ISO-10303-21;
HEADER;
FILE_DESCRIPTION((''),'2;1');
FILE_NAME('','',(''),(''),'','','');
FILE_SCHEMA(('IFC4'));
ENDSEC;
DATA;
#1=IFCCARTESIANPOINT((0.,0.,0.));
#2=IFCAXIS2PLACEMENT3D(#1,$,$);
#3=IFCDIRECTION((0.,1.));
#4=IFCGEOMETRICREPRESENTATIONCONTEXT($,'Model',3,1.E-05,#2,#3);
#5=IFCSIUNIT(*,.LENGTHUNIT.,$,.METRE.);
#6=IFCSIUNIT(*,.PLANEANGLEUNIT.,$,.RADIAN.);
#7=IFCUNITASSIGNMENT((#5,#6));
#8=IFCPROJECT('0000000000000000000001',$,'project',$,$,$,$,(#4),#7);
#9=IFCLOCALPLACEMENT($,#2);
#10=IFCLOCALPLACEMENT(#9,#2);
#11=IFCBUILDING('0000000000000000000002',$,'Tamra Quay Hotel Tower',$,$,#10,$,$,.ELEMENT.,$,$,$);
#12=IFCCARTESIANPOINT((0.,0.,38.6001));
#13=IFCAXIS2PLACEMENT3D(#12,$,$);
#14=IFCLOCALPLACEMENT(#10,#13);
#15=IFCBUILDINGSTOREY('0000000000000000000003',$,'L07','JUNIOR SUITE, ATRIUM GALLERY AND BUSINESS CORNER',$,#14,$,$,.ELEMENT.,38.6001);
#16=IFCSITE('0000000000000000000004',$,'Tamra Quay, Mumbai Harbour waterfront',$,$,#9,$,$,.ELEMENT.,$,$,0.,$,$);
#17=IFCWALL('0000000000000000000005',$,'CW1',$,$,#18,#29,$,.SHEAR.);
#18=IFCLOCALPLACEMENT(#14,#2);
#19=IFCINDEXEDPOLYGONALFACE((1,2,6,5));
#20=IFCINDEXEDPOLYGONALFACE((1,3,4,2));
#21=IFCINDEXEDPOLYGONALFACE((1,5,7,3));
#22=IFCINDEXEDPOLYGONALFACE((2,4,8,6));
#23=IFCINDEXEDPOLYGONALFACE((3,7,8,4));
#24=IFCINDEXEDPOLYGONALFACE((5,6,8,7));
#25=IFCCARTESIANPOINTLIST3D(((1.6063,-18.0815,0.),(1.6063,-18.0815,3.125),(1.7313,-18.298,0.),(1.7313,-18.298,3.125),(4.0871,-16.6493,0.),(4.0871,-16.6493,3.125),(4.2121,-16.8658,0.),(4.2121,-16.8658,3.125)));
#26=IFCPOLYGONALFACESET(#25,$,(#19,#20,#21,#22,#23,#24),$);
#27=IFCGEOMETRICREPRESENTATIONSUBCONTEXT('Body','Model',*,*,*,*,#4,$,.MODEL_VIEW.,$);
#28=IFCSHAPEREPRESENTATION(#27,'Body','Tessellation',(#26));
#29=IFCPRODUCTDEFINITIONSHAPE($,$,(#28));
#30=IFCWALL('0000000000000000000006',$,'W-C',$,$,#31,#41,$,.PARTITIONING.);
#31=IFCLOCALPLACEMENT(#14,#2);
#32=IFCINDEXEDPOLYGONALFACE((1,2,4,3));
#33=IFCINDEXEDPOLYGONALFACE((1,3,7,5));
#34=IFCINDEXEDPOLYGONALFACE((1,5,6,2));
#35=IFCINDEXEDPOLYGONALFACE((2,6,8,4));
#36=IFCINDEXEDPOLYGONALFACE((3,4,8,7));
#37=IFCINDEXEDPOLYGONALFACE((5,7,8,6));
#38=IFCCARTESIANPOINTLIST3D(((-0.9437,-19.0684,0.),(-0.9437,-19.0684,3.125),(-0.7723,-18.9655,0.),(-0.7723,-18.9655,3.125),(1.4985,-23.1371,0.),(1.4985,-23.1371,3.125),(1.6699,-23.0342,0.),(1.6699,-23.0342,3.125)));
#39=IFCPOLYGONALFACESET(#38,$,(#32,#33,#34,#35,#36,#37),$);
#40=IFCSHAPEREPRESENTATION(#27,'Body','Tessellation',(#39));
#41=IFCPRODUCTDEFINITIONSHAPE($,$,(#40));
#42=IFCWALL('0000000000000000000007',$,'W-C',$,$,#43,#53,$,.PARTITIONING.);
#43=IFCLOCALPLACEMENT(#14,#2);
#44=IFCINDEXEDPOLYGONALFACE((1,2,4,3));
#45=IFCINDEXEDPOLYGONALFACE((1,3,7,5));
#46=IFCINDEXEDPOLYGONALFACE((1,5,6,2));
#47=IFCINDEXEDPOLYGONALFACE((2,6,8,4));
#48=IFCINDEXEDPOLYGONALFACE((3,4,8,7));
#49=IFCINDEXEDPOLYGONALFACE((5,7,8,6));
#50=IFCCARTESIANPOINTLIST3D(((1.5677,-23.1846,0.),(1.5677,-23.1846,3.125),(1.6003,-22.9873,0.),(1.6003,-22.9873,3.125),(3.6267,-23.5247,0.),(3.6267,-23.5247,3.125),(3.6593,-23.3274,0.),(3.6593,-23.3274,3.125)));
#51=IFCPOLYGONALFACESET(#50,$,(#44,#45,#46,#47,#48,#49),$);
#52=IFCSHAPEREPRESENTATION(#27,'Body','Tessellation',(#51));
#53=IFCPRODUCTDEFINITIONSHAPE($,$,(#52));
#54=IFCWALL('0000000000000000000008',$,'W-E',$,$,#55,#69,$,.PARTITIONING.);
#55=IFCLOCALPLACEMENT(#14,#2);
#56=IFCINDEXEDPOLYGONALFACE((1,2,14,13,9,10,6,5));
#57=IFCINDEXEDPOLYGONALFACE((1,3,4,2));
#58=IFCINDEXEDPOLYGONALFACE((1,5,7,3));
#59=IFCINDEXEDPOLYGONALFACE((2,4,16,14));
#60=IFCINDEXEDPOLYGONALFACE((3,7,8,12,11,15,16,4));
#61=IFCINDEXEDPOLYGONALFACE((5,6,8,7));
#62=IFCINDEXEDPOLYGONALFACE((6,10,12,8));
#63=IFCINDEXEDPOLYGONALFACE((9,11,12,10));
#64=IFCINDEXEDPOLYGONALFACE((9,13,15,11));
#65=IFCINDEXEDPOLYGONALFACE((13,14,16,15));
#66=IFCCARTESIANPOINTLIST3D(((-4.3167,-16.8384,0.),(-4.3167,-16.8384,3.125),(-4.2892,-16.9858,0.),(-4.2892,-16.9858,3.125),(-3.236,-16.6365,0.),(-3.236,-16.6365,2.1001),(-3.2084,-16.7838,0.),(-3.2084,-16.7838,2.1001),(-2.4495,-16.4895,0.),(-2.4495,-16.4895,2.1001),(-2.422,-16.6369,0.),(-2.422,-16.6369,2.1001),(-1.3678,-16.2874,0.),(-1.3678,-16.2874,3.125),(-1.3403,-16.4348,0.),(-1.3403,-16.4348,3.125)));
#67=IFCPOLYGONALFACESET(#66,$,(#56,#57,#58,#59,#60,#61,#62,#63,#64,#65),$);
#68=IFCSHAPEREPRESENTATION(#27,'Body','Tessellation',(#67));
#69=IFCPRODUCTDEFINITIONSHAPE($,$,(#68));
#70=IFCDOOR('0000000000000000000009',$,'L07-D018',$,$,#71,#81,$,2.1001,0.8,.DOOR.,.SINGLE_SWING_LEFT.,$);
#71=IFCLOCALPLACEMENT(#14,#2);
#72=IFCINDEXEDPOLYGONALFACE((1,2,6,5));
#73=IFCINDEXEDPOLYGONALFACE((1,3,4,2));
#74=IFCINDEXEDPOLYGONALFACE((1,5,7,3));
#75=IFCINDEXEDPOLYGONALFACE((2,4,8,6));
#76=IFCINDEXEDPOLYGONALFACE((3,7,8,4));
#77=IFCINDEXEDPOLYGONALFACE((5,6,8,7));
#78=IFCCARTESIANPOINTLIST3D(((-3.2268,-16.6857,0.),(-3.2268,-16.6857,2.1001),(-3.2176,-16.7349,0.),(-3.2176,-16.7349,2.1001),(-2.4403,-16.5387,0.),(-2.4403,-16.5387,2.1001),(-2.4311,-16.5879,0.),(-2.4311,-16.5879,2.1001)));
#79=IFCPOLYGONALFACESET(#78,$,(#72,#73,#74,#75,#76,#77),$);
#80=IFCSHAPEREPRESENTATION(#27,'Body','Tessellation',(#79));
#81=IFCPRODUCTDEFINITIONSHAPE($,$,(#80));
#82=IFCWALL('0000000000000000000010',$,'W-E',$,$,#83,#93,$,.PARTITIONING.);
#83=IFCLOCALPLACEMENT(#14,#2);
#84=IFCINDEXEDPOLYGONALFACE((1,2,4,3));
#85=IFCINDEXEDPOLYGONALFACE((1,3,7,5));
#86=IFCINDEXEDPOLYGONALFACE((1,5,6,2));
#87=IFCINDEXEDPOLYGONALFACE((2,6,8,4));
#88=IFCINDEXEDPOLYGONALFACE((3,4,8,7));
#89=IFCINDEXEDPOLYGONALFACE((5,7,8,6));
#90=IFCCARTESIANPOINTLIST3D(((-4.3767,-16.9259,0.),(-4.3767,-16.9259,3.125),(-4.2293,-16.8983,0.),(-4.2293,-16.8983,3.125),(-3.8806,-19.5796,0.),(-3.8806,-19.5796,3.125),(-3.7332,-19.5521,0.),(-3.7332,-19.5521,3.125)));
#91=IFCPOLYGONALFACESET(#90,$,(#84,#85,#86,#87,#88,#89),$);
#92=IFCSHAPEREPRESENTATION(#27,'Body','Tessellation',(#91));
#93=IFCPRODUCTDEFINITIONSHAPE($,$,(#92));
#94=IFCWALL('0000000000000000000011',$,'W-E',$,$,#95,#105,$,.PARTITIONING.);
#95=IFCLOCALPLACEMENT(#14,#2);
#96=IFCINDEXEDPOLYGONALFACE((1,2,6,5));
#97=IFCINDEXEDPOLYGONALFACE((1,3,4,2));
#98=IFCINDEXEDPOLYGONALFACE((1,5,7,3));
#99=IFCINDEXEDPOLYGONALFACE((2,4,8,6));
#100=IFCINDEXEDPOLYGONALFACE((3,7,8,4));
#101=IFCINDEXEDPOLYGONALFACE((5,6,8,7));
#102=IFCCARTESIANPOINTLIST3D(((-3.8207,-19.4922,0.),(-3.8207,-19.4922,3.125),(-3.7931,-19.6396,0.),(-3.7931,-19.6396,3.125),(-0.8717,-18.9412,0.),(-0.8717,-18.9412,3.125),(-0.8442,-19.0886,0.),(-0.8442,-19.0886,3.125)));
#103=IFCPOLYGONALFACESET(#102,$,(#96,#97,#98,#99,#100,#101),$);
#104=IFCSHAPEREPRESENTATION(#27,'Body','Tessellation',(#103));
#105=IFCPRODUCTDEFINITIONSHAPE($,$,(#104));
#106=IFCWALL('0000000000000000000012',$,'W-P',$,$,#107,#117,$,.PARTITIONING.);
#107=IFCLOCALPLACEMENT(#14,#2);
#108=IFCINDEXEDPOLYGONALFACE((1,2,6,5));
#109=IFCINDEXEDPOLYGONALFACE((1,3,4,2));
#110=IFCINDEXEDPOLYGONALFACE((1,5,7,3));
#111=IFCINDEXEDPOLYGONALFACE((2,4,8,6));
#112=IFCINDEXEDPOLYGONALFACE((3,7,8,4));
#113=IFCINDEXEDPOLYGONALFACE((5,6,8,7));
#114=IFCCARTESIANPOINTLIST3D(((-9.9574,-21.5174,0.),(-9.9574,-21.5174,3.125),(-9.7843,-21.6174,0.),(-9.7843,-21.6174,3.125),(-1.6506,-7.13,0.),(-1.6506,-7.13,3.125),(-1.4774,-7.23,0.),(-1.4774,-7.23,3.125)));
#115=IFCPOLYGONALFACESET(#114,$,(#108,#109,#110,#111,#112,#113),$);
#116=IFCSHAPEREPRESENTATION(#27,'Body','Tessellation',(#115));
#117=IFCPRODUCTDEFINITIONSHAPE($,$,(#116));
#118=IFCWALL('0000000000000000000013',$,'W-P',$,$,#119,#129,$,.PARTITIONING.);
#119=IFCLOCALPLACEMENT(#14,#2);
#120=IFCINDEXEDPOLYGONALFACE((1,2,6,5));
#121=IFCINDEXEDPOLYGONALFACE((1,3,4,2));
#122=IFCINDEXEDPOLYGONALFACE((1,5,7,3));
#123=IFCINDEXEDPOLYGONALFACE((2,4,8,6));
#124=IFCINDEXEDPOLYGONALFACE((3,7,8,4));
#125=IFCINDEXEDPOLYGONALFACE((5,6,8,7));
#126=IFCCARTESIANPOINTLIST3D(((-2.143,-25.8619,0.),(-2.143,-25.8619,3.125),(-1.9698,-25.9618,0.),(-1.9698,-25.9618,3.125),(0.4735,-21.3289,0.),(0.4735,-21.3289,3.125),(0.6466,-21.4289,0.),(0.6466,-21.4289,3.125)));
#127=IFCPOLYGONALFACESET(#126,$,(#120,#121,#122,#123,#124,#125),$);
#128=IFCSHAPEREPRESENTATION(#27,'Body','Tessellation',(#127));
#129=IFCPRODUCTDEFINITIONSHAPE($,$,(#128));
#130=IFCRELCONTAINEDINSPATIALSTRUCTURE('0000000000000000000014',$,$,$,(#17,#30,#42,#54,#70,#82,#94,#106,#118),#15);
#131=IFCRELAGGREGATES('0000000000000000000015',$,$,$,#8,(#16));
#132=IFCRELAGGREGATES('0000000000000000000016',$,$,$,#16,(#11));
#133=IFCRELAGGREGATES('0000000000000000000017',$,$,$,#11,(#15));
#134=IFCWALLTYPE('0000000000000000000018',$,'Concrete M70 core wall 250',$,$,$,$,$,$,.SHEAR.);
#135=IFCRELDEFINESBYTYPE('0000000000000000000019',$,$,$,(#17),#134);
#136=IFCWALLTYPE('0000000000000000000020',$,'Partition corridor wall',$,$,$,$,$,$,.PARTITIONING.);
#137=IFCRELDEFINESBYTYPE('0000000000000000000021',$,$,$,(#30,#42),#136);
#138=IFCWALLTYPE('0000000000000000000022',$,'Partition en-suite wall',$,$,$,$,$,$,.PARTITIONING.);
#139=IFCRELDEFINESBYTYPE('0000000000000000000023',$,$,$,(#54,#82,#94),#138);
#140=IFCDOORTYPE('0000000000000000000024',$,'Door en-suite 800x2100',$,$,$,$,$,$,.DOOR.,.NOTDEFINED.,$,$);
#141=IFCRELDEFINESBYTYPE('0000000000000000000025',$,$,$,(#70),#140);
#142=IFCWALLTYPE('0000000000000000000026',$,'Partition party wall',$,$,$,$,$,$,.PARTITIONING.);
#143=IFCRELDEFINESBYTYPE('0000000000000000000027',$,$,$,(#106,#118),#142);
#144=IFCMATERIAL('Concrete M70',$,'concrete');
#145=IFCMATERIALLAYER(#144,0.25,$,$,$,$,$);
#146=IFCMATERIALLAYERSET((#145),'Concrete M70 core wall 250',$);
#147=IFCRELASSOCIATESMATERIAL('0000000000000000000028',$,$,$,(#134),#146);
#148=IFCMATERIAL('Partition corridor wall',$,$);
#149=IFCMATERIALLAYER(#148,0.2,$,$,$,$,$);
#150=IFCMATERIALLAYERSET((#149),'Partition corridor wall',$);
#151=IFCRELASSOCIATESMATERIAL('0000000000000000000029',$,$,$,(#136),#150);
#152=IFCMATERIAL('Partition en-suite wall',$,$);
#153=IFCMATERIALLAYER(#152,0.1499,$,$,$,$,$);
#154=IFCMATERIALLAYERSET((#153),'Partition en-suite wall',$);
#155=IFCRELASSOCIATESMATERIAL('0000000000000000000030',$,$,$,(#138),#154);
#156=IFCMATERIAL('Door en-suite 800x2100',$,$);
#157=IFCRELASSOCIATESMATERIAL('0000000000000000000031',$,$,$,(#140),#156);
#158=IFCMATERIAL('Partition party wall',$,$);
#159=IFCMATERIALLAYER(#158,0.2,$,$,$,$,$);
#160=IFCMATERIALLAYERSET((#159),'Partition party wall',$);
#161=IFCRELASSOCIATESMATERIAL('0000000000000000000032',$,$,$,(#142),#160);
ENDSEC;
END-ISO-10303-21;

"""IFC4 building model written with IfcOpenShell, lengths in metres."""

from ifc_helpers import new_model, si_unit, direction, frame, frame_2d, origin, place, context, subcontext, project, spatial, rectangle, extrude, material, layer, layer_set, type_object, element, fill, save


model = new_model("IFC4")

# Units and contexts
model_context = context("Model", 3, precision=1e-05, world=origin(), true_north=direction((0.0, 1.0)))
body_context = subcontext(model_context, "Body", "Model", "MODEL_VIEW")
ifc_project = project(units=[si_unit("LENGTHUNIT", "METRE"), si_unit("PLANEANGLEUNIT", "RADIAN")], contexts=[model_context])

# Site, building, storey
site_placement = place(None, origin())
site = spatial("IfcSite", under=ifc_project, at=site_placement, Name="Tamra Quay, Mumbai Harbour waterfront", CompositionType="ELEMENT", RefElevation=0.0)
building_placement = place(site_placement, origin())
building = spatial("IfcBuilding", under=site, at=building_placement, Name="Tamra Quay Hotel Tower", CompositionType="ELEMENT")
storey_placement = place(building_placement, frame((0.0, 0.0, 38.6001)))
storey = spatial("IfcBuildingStorey", under=building, at=storey_placement, Name="L07", Description="JUNIOR SUITE, ATRIUM GALLERY AND BUSINESS CORNER", CompositionType="ELEMENT", Elevation=38.6001)

# Shared definitions
ifc_material_1 = material(Name="Concrete M70", Category="concrete")

# Walls
ifc_layer_1 = layer(ifc_material_1, 0.25)
ifc_layer_set_1 = layer_set([ifc_layer_1], Name="Concrete M70 core wall 250")
wall_type_1 = type_object("IfcWallType", Name="Concrete M70 core wall 250", PredefinedType="SHEAR", material=ifc_layer_set_1)
wall_1_placement = place(storey_placement, frame((1.6689, -18.1897, 0.0), z_axis=(0.0, 0.0, 1.0), x_axis=(0.866042, 0.499971, 0.0)))
element("IfcWall", 1, at=wall_1_placement, inside=storey, type_object=wall_type_1, Name="CW1", PredefinedType="SHEAR", context=body_context, shape_type="SweptSolid", body=[
    extrude(rectangle(XDim=2.8645, YDim=0.25, at=frame_2d((1.4321, 0.0))), origin(), (0.0, 0.0, 1.0), 3.125),
])
ifc_material_2 = material(Name="Partition corridor wall")
ifc_layer_2 = layer(ifc_material_2, 0.2)
ifc_layer_set_2 = layer_set([ifc_layer_2], Name="Partition corridor wall")
wall_type_2 = type_object("IfcWallType", Name="Partition corridor wall", PredefinedType="PARTITIONING", material=ifc_layer_set_2)
wall_2_placement = place(storey_placement, frame((-0.8579, -19.0171, 0.0), z_axis=(0.0, 0.0, 1.0), x_axis=(0.514647, -0.857402, 0.0)))
element("IfcWall", 2, at=wall_2_placement, inside=storey, type_object=wall_type_2, Name="W-C", PredefinedType="PARTITIONING", context=body_context, shape_type="SweptSolid", body=[
    extrude(rectangle(XDim=4.7454, YDim=0.2, at=frame_2d((2.3726, 0.0))), origin(), (0.0, 0.0, 1.0), 3.125),
])
wall_3_placement = place(storey_placement, frame((1.584, -23.0859, 0.0), z_axis=(0.0, 0.0, 1.0), x_axis=(0.986633, -0.162957, 0.0)))
element("IfcWall", 3, at=wall_3_placement, inside=storey, type_object=wall_type_2, Name="W-C", PredefinedType="PARTITIONING", context=body_context, shape_type="SweptSolid", body=[
    extrude(rectangle(XDim=2.0869, YDim=0.2, at=frame_2d((1.0435, 0.0))), origin(), (0.0, 0.0, 1.0), 3.125),
])

# Wall, opening, door
ifc_material_3 = material(Name="Partition en-suite wall")
ifc_layer_3 = layer(ifc_material_3, 0.1499)
ifc_layer_set_3 = layer_set([ifc_layer_3], Name="Partition en-suite wall")
wall_type_3 = type_object("IfcWallType", Name="Partition en-suite wall", PredefinedType="PARTITIONING", material=ifc_layer_set_3)
wall_4_placement = place(storey_placement, frame((-4.303, -16.9121, 0.0), z_axis=(0.0, 0.0, 1.0), x_axis=(0.982987, 0.183674, 0.0)))
wall_4 = element("IfcWall", 4, at=wall_4_placement, inside=storey, type_object=wall_type_3, Name="W-E", PredefinedType="PARTITIONING", context=body_context, shape_type="SweptSolid", body=[
    extrude(rectangle(XDim=3.0, YDim=0.1499, at=frame_2d((1.5, 0.0))), origin(), (0.0, 0.0, 1.0), 3.125),
])
opening_placement = place(wall_4_placement, frame((1.0996, 0.0, 0.0)))
opening = element("IfcOpeningElement", 5, at=opening_placement, cuts=wall_4, PredefinedType="OPENING", context=body_context, shape_type="SweptSolid", body=[
    extrude(rectangle(XDim=0.8, YDim=2.1001, at=frame_2d((0.3999, 1.05))), frame((0.0, 0.085, 0.0), z_axis=(0.0, -1.0, 0.0), x_axis=(1.0, 0.0, 0.0)), (0.0, 0.0, 1.0), 0.1699),
])
ifc_material_4 = material(Name="Door en-suite 800x2100")
door_type = type_object("IfcDoorType", Name="Door en-suite 800x2100", OperationType="NOTDEFINED", PredefinedType="DOOR", material=ifc_material_4)
door_placement = place(opening_placement, origin())
door = element("IfcDoor", 6, at=door_placement, inside=storey, type_object=door_type, Name="L07-D018", OperationType="SINGLE_SWING_LEFT", OverallHeight=2.1001, OverallWidth=0.8, PredefinedType="DOOR", context=body_context, shape_type="SweptSolid", body=[
    extrude(rectangle(XDim=0.8, YDim=2.1001, at=frame_2d((0.3999, 1.05))), frame((0.0, 0.0249, 0.0), z_axis=(0.0, -1.0, 0.0), x_axis=(1.0, 0.0, 0.0)), (0.0, 0.0, 1.0), 0.05),
])
fill(opening, door)

# Walls
wall_5_placement = place(storey_placement, frame((-4.303, -16.9121, 0.0), z_axis=(0.0, 0.0, 1.0), x_axis=(0.183753, -0.982972, 0.0)))
element("IfcWall", 7, at=wall_5_placement, inside=storey, type_object=wall_type_3, Name="W-E", PredefinedType="PARTITIONING", context=body_context, shape_type="SweptSolid", body=[
    extrude(rectangle(XDim=2.6997, YDim=0.1499, at=frame_2d((1.3499, 0.0))), origin(), (0.0, 0.0, 1.0), 3.125),
])
wall_6_placement = place(storey_placement, frame((-3.8069, -19.5659, 0.0), z_axis=(0.0, 0.0, 1.0), x_axis=(0.982987, 0.183674, 0.0)))
element("IfcWall", 8, at=wall_6_placement, inside=storey, type_object=wall_type_3, Name="W-E", PredefinedType="PARTITIONING", context=body_context, shape_type="SweptSolid", body=[
    extrude(rectangle(XDim=3.0, YDim=0.1499, at=frame_2d((1.5, 0.0))), origin(), (0.0, 0.0, 1.0), 3.125),
])
ifc_material_5 = material(Name="Partition party wall")
ifc_layer_4 = layer(ifc_material_5, 0.2)
ifc_layer_set_4 = layer_set([ifc_layer_4], Name="Partition party wall")
wall_type_4 = type_object("IfcWallType", Name="Partition party wall", PredefinedType="PARTITIONING", material=ifc_layer_set_4)
wall_7_placement = place(storey_placement, frame((-9.8708, -21.5674, 0.0), z_axis=(0.0, 0.0, 1.0), x_axis=(0.500013, 0.866018, 0.0)))
element("IfcWall", 9, at=wall_7_placement, inside=storey, type_object=wall_type_4, Name="W-P", PredefinedType="PARTITIONING", context=body_context, shape_type="SweptSolid", body=[
    extrude(rectangle(XDim=16.6133, YDim=0.2, at=frame_2d((8.3066, 0.0))), origin(), (0.0, 0.0, 1.0), 3.125),
])
wall_8_placement = place(storey_placement, frame((-2.0564, -25.9119, 0.0), z_axis=(0.0, 0.0, 1.0), x_axis=(0.499907, 0.866079, 0.0)))
element("IfcWall", 10, at=wall_8_placement, inside=storey, type_object=wall_type_4, Name="W-P", PredefinedType="PARTITIONING", context=body_context, shape_type="SweptSolid", body=[
    extrude(rectangle(XDim=5.2339, YDim=0.2, at=frame_2d((2.6169, 0.0))), origin(), (0.0, 0.0, 1.0), 3.125),
])

save(model, "model.ifc")
